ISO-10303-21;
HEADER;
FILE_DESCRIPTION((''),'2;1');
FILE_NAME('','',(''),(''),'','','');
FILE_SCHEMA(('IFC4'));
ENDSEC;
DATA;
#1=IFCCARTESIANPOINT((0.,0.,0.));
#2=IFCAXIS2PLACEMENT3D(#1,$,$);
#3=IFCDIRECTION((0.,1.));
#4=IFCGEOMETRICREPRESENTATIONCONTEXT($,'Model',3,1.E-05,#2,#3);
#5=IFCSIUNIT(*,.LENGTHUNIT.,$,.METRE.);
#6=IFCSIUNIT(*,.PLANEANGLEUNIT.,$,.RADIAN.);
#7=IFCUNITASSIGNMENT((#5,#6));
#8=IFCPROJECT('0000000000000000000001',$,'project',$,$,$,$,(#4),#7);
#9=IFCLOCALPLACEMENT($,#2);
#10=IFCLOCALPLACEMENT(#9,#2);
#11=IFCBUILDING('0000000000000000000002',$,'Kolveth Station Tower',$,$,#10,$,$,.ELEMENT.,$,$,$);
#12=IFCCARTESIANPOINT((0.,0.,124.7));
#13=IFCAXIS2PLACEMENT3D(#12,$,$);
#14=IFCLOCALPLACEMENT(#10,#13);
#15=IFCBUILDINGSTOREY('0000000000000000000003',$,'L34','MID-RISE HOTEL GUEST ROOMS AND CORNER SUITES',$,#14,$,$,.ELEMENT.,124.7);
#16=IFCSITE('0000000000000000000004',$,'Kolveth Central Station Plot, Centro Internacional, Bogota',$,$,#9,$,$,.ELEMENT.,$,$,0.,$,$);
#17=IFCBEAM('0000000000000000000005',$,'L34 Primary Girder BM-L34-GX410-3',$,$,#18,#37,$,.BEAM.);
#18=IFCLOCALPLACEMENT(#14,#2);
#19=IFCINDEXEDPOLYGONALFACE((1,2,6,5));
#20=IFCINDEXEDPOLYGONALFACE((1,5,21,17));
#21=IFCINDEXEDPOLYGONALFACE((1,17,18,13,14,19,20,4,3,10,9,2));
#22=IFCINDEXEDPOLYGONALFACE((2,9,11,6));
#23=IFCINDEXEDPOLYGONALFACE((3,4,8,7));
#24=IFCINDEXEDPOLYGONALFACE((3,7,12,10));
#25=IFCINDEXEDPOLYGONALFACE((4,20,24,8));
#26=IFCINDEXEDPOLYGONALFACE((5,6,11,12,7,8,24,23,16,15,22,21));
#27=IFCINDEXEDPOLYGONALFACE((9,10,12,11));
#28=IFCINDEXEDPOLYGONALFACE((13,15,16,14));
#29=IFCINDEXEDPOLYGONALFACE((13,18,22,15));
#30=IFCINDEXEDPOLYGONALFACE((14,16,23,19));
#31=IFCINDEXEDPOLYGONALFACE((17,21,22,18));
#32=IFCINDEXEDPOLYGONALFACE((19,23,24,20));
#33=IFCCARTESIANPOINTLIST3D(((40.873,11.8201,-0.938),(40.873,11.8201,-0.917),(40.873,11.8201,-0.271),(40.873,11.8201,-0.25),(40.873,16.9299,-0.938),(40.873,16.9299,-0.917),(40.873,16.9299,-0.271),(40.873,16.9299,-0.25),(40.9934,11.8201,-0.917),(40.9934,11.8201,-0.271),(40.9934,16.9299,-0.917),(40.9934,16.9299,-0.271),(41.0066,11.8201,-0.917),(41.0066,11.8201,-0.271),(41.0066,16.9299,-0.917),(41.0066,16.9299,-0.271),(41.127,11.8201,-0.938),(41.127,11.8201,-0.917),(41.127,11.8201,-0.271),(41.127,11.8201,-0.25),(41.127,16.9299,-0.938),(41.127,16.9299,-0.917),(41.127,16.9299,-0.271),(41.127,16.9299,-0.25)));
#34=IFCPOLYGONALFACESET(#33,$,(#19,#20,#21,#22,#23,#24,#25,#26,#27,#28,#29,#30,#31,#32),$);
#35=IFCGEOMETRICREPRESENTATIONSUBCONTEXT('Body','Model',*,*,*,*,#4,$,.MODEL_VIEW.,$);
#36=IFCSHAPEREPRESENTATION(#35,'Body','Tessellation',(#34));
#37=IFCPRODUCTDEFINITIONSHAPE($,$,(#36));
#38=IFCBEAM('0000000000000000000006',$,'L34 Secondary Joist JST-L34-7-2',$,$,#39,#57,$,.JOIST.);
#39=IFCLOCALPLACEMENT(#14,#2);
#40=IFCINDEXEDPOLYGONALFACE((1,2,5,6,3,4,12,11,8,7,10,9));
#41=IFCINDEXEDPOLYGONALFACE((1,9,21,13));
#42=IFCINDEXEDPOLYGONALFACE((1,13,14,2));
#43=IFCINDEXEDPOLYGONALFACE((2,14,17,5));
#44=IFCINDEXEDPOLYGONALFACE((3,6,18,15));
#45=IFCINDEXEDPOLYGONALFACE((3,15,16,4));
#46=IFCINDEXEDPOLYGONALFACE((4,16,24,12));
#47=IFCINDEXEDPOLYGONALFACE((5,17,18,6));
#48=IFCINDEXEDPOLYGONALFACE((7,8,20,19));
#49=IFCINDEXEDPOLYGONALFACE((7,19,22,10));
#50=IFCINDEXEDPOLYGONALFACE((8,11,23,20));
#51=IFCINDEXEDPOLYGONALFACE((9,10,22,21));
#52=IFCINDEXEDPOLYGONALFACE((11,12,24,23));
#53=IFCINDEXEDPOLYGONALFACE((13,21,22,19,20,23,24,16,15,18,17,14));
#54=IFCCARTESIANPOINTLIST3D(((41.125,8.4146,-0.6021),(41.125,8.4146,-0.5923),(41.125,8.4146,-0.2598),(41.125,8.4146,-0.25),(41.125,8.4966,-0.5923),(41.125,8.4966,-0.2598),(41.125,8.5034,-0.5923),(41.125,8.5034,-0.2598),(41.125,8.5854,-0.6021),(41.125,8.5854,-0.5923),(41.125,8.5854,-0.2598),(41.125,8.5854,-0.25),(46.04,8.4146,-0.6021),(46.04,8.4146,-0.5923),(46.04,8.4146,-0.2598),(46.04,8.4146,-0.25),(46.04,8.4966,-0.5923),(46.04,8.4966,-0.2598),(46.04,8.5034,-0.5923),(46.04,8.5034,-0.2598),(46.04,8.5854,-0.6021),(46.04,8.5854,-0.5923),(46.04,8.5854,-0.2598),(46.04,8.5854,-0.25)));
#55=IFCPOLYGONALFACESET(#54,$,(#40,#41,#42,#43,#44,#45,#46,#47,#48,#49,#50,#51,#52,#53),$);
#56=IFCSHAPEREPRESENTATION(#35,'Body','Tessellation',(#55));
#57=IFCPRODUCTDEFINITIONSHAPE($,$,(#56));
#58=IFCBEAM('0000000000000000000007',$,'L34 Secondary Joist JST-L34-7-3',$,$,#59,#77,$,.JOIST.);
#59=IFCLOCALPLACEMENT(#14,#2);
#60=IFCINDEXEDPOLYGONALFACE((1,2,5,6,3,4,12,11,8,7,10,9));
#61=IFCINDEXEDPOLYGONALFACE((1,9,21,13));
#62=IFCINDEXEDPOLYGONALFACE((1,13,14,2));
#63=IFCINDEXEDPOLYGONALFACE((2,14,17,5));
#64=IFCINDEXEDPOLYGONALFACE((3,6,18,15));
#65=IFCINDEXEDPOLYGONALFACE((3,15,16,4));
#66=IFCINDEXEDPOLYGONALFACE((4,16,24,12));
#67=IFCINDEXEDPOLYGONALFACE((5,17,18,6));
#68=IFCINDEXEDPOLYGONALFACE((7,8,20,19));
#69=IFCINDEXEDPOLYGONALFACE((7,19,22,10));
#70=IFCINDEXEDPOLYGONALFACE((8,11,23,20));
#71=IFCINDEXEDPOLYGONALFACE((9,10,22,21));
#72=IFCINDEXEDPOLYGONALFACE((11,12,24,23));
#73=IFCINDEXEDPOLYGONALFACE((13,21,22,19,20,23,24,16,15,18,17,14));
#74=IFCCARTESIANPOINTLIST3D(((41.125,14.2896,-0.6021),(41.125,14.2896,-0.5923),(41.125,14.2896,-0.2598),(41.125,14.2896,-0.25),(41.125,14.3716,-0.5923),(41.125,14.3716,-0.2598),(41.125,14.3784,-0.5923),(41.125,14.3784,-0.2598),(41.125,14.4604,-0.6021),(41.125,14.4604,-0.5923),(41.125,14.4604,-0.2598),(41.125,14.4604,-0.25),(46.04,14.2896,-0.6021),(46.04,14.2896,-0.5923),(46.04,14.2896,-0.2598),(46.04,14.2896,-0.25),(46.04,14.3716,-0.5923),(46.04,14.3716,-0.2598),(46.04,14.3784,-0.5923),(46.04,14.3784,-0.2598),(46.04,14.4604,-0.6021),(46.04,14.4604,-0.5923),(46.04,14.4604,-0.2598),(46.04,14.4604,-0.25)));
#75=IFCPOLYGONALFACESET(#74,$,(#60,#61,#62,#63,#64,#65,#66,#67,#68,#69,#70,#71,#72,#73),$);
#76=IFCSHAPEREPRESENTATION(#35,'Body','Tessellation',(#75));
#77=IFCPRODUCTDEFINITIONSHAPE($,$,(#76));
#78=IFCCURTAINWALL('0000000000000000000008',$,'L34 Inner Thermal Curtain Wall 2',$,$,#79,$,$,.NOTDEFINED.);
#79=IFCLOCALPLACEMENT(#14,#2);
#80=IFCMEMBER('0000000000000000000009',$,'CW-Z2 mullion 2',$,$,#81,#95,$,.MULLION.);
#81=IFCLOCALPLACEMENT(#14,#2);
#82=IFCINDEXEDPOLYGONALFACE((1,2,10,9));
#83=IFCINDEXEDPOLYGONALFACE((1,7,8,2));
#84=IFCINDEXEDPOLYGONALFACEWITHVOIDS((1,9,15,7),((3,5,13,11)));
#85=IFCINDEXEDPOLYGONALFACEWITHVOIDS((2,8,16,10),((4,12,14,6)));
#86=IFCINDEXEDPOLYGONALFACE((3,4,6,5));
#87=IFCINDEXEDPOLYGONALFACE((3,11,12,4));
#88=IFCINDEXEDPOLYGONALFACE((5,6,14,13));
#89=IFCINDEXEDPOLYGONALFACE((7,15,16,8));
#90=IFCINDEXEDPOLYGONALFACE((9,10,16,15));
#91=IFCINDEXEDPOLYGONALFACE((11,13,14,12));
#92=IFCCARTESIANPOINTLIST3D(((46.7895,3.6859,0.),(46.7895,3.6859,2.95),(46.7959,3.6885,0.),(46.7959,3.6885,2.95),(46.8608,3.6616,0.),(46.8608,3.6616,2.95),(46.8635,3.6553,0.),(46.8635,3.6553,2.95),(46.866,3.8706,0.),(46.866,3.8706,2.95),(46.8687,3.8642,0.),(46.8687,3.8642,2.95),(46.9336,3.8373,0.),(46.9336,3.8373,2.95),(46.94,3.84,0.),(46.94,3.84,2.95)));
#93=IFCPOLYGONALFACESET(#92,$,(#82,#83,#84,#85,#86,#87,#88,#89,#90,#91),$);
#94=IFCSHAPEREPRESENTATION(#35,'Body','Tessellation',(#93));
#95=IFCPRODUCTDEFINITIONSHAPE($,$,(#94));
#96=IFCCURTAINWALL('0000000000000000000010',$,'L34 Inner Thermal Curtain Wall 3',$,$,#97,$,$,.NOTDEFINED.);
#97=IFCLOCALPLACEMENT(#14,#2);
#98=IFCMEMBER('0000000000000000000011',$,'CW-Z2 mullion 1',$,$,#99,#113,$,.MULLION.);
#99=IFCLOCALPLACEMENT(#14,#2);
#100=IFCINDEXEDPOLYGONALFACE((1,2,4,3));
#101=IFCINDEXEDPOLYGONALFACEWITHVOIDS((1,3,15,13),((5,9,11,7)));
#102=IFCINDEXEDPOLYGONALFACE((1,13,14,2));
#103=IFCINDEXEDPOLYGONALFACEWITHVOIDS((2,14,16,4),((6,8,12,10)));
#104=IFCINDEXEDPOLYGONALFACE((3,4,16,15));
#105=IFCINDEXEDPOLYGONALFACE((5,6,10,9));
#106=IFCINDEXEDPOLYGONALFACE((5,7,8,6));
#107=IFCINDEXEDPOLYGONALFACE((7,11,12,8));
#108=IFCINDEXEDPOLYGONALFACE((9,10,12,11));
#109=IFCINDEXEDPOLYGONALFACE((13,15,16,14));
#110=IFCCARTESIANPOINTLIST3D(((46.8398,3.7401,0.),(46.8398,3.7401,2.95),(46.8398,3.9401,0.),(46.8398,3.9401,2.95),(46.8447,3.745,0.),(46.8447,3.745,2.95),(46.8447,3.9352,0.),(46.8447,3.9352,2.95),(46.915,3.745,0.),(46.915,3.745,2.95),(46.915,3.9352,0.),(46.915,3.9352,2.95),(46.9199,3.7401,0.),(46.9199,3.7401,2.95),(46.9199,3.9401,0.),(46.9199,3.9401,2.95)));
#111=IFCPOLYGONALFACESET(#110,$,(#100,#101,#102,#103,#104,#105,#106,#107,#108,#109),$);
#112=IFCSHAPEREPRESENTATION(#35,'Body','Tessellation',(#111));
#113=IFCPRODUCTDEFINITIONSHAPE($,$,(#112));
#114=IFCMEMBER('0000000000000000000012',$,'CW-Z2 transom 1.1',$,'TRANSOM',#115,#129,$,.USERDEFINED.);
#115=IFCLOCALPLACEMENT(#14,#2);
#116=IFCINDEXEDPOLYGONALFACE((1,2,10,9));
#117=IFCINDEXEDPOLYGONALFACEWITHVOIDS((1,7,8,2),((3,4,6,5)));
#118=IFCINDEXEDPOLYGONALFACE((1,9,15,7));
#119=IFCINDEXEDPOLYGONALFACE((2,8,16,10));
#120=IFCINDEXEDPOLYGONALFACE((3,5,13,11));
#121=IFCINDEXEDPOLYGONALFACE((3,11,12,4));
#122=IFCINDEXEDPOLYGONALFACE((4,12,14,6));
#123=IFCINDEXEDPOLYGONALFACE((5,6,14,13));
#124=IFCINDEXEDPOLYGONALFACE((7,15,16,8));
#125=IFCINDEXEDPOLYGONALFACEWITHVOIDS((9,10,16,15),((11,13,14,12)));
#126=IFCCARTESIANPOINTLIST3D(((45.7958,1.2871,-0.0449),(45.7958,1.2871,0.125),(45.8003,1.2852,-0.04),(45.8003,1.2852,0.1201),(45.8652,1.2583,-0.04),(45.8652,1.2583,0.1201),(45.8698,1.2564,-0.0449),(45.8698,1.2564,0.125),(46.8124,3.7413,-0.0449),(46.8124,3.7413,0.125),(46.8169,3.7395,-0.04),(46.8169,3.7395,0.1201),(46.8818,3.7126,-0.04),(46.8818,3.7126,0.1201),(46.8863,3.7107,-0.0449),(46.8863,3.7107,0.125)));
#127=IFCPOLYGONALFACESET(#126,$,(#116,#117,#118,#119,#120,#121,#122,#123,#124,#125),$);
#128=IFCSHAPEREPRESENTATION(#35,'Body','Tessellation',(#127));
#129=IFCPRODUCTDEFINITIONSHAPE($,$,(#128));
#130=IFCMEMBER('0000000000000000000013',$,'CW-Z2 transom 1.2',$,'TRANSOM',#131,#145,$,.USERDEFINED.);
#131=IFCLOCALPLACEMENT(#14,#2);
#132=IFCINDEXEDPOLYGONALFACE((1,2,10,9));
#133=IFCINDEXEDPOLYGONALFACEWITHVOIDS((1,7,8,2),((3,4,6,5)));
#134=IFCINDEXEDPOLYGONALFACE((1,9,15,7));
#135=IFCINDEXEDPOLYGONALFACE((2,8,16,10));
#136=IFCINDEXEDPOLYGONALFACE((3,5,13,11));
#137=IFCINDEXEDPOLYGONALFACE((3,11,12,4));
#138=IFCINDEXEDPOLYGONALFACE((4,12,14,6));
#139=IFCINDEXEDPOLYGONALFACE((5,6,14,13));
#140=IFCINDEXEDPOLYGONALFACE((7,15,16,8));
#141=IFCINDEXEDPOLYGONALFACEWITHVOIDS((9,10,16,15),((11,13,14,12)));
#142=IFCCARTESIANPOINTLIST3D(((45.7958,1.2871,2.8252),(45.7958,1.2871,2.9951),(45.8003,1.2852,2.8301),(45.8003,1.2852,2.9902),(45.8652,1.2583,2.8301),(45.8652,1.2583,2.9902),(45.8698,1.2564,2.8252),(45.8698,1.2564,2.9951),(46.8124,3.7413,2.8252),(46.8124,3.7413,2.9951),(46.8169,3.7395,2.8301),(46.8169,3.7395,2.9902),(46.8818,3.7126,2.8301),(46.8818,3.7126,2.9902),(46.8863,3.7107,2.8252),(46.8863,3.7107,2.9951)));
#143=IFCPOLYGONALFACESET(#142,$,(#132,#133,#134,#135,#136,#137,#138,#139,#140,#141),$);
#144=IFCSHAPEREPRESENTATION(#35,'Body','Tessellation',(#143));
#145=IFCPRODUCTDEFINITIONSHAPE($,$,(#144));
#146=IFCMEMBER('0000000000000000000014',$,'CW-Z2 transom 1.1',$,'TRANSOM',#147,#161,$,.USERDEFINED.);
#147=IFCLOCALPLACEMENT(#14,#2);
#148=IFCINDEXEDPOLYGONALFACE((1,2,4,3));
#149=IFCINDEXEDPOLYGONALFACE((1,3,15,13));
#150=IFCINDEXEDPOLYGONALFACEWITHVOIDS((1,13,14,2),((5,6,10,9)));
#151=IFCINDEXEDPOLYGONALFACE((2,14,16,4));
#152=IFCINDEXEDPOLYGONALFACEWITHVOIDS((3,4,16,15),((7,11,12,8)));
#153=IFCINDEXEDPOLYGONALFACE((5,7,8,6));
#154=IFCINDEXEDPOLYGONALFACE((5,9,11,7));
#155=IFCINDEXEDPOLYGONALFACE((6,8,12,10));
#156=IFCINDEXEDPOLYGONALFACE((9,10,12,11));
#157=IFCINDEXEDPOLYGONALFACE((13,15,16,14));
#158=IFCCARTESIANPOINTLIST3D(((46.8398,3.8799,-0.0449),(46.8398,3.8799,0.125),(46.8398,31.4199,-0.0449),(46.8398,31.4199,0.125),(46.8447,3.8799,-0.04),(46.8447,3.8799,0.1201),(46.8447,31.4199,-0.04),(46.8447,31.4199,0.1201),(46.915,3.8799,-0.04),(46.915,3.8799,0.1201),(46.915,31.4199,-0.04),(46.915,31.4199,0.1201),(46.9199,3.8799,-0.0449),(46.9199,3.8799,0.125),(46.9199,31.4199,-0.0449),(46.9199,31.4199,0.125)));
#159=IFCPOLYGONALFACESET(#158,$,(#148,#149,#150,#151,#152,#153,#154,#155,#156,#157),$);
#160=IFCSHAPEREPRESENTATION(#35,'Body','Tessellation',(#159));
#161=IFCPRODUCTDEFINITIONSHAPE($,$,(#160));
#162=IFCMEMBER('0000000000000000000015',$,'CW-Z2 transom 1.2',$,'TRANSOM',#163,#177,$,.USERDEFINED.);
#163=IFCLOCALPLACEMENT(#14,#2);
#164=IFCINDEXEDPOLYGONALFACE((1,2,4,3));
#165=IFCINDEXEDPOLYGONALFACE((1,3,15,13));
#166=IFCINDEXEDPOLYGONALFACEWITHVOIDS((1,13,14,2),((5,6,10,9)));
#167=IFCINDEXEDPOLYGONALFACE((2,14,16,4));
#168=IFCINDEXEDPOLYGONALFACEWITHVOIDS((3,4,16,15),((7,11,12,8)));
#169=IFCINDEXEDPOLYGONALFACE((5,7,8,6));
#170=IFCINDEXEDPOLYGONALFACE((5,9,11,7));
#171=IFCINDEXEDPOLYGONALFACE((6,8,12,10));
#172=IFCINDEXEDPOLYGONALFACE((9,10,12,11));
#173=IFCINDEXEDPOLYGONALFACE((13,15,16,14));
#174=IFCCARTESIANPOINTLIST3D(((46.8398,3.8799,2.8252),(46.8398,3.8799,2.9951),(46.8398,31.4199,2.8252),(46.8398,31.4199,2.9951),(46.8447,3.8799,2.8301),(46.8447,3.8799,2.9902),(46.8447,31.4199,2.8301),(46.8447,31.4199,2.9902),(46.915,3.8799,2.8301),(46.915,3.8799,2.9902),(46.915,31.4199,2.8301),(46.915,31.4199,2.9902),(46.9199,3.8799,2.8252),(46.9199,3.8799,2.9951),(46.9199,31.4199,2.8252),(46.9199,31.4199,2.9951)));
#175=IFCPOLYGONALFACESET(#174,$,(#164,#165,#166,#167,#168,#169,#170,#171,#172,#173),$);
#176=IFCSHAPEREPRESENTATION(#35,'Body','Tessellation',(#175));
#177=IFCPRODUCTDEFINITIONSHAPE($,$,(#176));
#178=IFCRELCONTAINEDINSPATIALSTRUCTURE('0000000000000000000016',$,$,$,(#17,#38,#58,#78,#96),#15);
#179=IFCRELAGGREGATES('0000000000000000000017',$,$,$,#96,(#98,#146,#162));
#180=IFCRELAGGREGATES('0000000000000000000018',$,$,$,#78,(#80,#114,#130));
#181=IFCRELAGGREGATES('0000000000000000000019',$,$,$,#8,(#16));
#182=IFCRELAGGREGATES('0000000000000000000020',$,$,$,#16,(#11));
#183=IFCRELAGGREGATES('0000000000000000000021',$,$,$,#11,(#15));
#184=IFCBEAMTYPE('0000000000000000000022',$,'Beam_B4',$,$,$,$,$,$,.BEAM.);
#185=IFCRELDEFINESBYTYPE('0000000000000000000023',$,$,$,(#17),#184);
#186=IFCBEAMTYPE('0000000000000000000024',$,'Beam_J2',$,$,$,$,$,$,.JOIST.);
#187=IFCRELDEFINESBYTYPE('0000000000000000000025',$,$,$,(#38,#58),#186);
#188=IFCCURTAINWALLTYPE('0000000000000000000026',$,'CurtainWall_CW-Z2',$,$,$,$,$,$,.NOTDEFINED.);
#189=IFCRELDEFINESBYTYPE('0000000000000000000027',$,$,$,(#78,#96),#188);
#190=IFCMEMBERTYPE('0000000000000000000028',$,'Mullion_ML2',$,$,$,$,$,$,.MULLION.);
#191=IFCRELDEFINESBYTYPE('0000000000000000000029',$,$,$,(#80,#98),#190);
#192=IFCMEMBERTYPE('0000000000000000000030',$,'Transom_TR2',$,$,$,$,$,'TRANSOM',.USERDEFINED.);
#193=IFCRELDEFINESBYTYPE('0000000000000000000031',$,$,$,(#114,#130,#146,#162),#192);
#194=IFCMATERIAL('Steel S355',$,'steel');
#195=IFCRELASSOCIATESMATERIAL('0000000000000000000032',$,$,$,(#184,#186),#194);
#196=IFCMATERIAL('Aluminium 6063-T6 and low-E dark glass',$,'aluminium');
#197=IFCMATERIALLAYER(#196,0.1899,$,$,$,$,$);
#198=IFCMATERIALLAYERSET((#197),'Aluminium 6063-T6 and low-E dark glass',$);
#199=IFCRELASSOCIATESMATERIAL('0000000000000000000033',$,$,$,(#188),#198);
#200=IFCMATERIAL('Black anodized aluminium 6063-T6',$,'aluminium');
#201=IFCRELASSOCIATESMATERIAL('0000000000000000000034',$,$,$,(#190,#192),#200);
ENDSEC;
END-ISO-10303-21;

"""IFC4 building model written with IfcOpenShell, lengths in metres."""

from ifc_helpers import new_model, si_unit, direction, frame, origin, origin_2d, place, context, subcontext, project, spatial, hollow_rectangle, i_section, extrude, source, transform, mapped, material, layer, layer_set, material_profile, profile_set, type_object, element, aggregate, save


model = new_model("IFC4")

# Units and contexts
model_context = context("Model", 3, precision=1e-05, world=origin(), true_north=direction((0.0, 1.0)))
body_context = subcontext(model_context, "Body", "Model", "MODEL_VIEW")
ifc_project = project(units=[si_unit("LENGTHUNIT", "METRE"), si_unit("PLANEANGLEUNIT", "RADIAN")], contexts=[model_context])

# Site, building, storey
site_placement = place(None, origin())
site = spatial("IfcSite", under=ifc_project, at=site_placement, Name="Kolveth Central Station Plot, Centro Internacional, Bogota", CompositionType="ELEMENT", RefElevation=0.0)
building_placement = place(site_placement, origin())
building = spatial("IfcBuilding", under=site, at=building_placement, Name="Kolveth Station Tower", CompositionType="ELEMENT")
storey_placement = place(building_placement, frame((0.0, 0.0, 124.7)))
storey = spatial("IfcBuildingStorey", under=building, at=storey_placement, Name="L34", Description="MID-RISE HOTEL GUEST ROOMS AND CORNER SUITES", CompositionType="ELEMENT", Elevation=124.7)

# Beams
ifc_material_1 = material(Name="Steel S355", Category="steel")
ifc_material_profile_1 = material_profile(ifc_material_1, i_section(OverallWidth=0.2539, OverallDepth=0.688, WebThickness=0.0132, FlangeThickness=0.021, at=origin_2d()), Name="W690x152")
ifc_profile_set_1 = profile_set([ifc_material_profile_1], Name="Steel S355")
beam_type_1 = type_object("IfcBeamType", Name="Beam_B4", PredefinedType="BEAM", material=ifc_profile_set_1)
shared_shape_1 = source(origin(), body_context, "Body", "SweptSolid", [
    extrude(i_section(OverallWidth=0.2539, OverallDepth=0.688, WebThickness=0.0132, FlangeThickness=0.021, at=origin_2d()), origin(), (0.0, 0.0, 1.0), 5.1099),
])
beam_1_placement = place(storey_placement, frame((41.0, 11.8201, -0.594), z_axis=(0.0, 1.0, 0.0), x_axis=(-1.0, 0.0, 0.0)))
element("IfcBeam", 1, at=beam_1_placement, inside=storey, type_object=beam_type_1, Name="L34 Primary Girder BM-L34-GX410-3", PredefinedType="BEAM", context=body_context, shape_type="MappedRepresentation", body=[
    mapped(shared_shape_1, transform((0.0, 0.0, 0.0), x_axis=(1.0, 0.0, 0.0), y_axis=(0.0, 1.0, 0.0), z_axis=(0.0, 0.0, 1.0), scale=1.0)),
])
ifc_material_profile_2 = material_profile(ifc_material_1, i_section(OverallWidth=0.1709, OverallDepth=0.3521, WebThickness=0.0068, FlangeThickness=0.0098, at=origin_2d()), Name="W360x44")
ifc_profile_set_2 = profile_set([ifc_material_profile_2], Name="Steel S355")
beam_type_2 = type_object("IfcBeamType", Name="Beam_J2", PredefinedType="JOIST", material=ifc_profile_set_2)
shared_shape_2 = source(origin(), body_context, "Body", "SweptSolid", [
    extrude(i_section(OverallWidth=0.1709, OverallDepth=0.3521, WebThickness=0.0068, FlangeThickness=0.0098, at=origin_2d()), origin(), (0.0, 0.0, 1.0), 4.915),
])
for number, where, z_axis, x_axis, name in (
    (2, (41.125, 8.5, -0.426), (1.0, 0.0, 0.0), (0.0, 1.0, 0.0), "L34 Secondary Joist JST-L34-7-2"),
    (3, (41.125, 14.375, -0.426), (1.0, 0.0, 0.0), (0.0, 1.0, 0.0), "L34 Secondary Joist JST-L34-7-3"),
):
    element("IfcBeam", number, at=place(storey_placement, frame(where, z_axis=z_axis, x_axis=x_axis)), inside=storey, type_object=beam_type_2, Name=name, PredefinedType="JOIST", context=body_context, shape_type="MappedRepresentation", body=[
        mapped(shared_shape_2, transform((0.0, 0.0, 0.0), x_axis=(1.0, 0.0, 0.0), y_axis=(0.0, 1.0, 0.0), z_axis=(0.0, 0.0, 1.0), scale=1.0)),
    ])

# Curtain walls, members
ifc_material_2 = material(Name="Aluminium 6063-T6 and low-E dark glass", Category="aluminium")
ifc_layer_1 = layer(ifc_material_2, 0.1899)
ifc_layer_set_1 = layer_set([ifc_layer_1], Name="Aluminium 6063-T6 and low-E dark glass")
curtain_wall_type_1 = type_object("IfcCurtainWallType", Name="CurtainWall_CW-Z2", PredefinedType="NOTDEFINED", material=ifc_layer_set_1)
curtain_wall_1_placement = place(storey_placement, origin())
curtain_wall_1 = element("IfcCurtainWall", 4, at=curtain_wall_1_placement, inside=storey, type_object=curtain_wall_type_1, Name="L34 Inner Thermal Curtain Wall 2", PredefinedType="NOTDEFINED")
ifc_material_3 = material(Name="Black anodized aluminium 6063-T6", Category="aluminium")
ifc_material_profile_3 = material_profile(ifc_material_3, hollow_rectangle(XDim=0.0801, YDim=0.2, WallThickness=0.0049, at=origin_2d()), Name="ALU-80x200x5")
ifc_profile_set_3 = profile_set([ifc_material_profile_3], Name="Black anodized aluminium 6063-T6")
member_type_1 = type_object("IfcMemberType", Name="Mullion_ML2", PredefinedType="MULLION", material=ifc_profile_set_3)
shared_shape_3 = source(origin(), body_context, "Body", "SweptSolid", [
    extrude(hollow_rectangle(XDim=0.0801, YDim=0.2, WallThickness=0.0049, at=origin_2d()), origin(), (0.0, 0.0, 1.0), 2.95),
])
member_1_placement = place(storey_placement, frame((46.8647, 3.7629, 0.0), z_axis=(0.0, 0.0, 1.0), x_axis=(-0.923888, 0.382663, 0.0)))
member_1 = element("IfcMember", 5, at=member_1_placement, type_object=member_type_1, Name="CW-Z2 mullion 2", PredefinedType="MULLION", context=body_context, shape_type="MappedRepresentation", body=[
    mapped(shared_shape_3, transform((0.0, 0.0, 0.0), x_axis=(1.0, 0.0, 0.0), y_axis=(0.0, 1.0, 0.0), z_axis=(0.0, 0.0, 1.0), scale=1.0)),
])
curtain_wall_2_placement = place(storey_placement, origin())
curtain_wall_2 = element("IfcCurtainWall", 6, at=curtain_wall_2_placement, inside=storey, type_object=curtain_wall_type_1, Name="L34 Inner Thermal Curtain Wall 3", PredefinedType="NOTDEFINED")
member_2_placement = place(storey_placement, frame((46.8799, 3.8401, 0.0), z_axis=(0.0, 0.0, 1.0), x_axis=(-1.0, 0.0, 0.0)))
member_2 = element("IfcMember", 7, at=member_2_placement, type_object=member_type_1, Name="CW-Z2 mullion 1", PredefinedType="MULLION", context=body_context, shape_type="MappedRepresentation", body=[
    mapped(shared_shape_3, transform((0.0, 0.0, 0.0), x_axis=(1.0, 0.0, 0.0), y_axis=(0.0, 1.0, 0.0), z_axis=(0.0, 0.0, 1.0), scale=1.0)),
])

# Members
ifc_material_profile_4 = material_profile(ifc_material_3, hollow_rectangle(XDim=0.0801, YDim=0.1699, WallThickness=0.0049, at=origin_2d()), Name="ALU-80x170x5")
ifc_profile_set_4 = profile_set([ifc_material_profile_4], Name="Black anodized aluminium 6063-T6")
member_type_2 = type_object("IfcMemberType", Name="Transom_TR2", ElementType="TRANSOM", PredefinedType="USERDEFINED", material=ifc_profile_set_4)
shared_shape_4 = source(origin(), body_context, "Body", "SweptSolid", [
    extrude(hollow_rectangle(XDim=0.0801, YDim=0.1699, WallThickness=0.0049, at=origin_2d()), origin(), (0.0, 0.0, 1.0), 2.6565),
])
member_3_placement = place(storey_placement, frame((45.8328, 1.2717, 0.04), z_axis=(0.382676, 0.923882, 0.0), x_axis=(-0.923882, 0.382676, 0.0)))
member_3 = element("IfcMember", 8, at=member_3_placement, type_object=member_type_2, Name="CW-Z2 transom 1.1", ObjectType="TRANSOM", PredefinedType="USERDEFINED", context=body_context, shape_type="MappedRepresentation", body=[
    mapped(shared_shape_4, transform((0.0, 0.0, 0.0), x_axis=(1.0, 0.0, 0.0), y_axis=(0.0, 1.0, 0.0), z_axis=(0.0, 0.0, 1.0), scale=1.0)),
])
member_4_placement = place(storey_placement, frame((45.8328, 1.2717, 2.9102), z_axis=(0.382676, 0.923882, 0.0), x_axis=(-0.923882, 0.382676, 0.0)))
member_4 = element("IfcMember", 9, at=member_4_placement, type_object=member_type_2, Name="CW-Z2 transom 1.2", ObjectType="TRANSOM", PredefinedType="USERDEFINED", context=body_context, shape_type="MappedRepresentation", body=[
    mapped(shared_shape_4, transform((0.0, 0.0, 0.0), x_axis=(1.0, 0.0, 0.0), y_axis=(0.0, 1.0, 0.0), z_axis=(0.0, 0.0, 1.0), scale=1.0)),
])
shared_shape_5 = source(origin(), body_context, "Body", "SweptSolid", [
    extrude(hollow_rectangle(XDim=0.0801, YDim=0.1699, WallThickness=0.0049, at=origin_2d()), origin(), (0.0, 0.0, 1.0), 27.54),
])
member_5_placement = place(storey_placement, frame((46.8799, 3.8799, 0.04), z_axis=(0.0, 1.0, 0.0), x_axis=(-1.0, 0.0, 0.0)))
member_5 = element("IfcMember", 10, at=member_5_placement, type_object=member_type_2, Name="CW-Z2 transom 1.1", ObjectType="TRANSOM", PredefinedType="USERDEFINED", context=body_context, shape_type="MappedRepresentation", body=[
    mapped(shared_shape_5, transform((0.0, 0.0, 0.0), x_axis=(1.0, 0.0, 0.0), y_axis=(0.0, 1.0, 0.0), z_axis=(0.0, 0.0, 1.0), scale=1.0)),
])
member_6_placement = place(storey_placement, frame((46.8799, 3.8799, 2.9102), z_axis=(0.0, 1.0, 0.0), x_axis=(-1.0, 0.0, 0.0)))
member_6 = element("IfcMember", 11, at=member_6_placement, type_object=member_type_2, Name="CW-Z2 transom 1.2", ObjectType="TRANSOM", PredefinedType="USERDEFINED", context=body_context, shape_type="MappedRepresentation", body=[
    mapped(shared_shape_5, transform((0.0, 0.0, 0.0), x_axis=(1.0, 0.0, 0.0), y_axis=(0.0, 1.0, 0.0), z_axis=(0.0, 0.0, 1.0), scale=1.0)),
])
aggregate(curtain_wall_2, [member_2, member_5, member_6])

aggregate(curtain_wall_1, [member_1, member_3, member_4])

save(model, "model.ifc")
